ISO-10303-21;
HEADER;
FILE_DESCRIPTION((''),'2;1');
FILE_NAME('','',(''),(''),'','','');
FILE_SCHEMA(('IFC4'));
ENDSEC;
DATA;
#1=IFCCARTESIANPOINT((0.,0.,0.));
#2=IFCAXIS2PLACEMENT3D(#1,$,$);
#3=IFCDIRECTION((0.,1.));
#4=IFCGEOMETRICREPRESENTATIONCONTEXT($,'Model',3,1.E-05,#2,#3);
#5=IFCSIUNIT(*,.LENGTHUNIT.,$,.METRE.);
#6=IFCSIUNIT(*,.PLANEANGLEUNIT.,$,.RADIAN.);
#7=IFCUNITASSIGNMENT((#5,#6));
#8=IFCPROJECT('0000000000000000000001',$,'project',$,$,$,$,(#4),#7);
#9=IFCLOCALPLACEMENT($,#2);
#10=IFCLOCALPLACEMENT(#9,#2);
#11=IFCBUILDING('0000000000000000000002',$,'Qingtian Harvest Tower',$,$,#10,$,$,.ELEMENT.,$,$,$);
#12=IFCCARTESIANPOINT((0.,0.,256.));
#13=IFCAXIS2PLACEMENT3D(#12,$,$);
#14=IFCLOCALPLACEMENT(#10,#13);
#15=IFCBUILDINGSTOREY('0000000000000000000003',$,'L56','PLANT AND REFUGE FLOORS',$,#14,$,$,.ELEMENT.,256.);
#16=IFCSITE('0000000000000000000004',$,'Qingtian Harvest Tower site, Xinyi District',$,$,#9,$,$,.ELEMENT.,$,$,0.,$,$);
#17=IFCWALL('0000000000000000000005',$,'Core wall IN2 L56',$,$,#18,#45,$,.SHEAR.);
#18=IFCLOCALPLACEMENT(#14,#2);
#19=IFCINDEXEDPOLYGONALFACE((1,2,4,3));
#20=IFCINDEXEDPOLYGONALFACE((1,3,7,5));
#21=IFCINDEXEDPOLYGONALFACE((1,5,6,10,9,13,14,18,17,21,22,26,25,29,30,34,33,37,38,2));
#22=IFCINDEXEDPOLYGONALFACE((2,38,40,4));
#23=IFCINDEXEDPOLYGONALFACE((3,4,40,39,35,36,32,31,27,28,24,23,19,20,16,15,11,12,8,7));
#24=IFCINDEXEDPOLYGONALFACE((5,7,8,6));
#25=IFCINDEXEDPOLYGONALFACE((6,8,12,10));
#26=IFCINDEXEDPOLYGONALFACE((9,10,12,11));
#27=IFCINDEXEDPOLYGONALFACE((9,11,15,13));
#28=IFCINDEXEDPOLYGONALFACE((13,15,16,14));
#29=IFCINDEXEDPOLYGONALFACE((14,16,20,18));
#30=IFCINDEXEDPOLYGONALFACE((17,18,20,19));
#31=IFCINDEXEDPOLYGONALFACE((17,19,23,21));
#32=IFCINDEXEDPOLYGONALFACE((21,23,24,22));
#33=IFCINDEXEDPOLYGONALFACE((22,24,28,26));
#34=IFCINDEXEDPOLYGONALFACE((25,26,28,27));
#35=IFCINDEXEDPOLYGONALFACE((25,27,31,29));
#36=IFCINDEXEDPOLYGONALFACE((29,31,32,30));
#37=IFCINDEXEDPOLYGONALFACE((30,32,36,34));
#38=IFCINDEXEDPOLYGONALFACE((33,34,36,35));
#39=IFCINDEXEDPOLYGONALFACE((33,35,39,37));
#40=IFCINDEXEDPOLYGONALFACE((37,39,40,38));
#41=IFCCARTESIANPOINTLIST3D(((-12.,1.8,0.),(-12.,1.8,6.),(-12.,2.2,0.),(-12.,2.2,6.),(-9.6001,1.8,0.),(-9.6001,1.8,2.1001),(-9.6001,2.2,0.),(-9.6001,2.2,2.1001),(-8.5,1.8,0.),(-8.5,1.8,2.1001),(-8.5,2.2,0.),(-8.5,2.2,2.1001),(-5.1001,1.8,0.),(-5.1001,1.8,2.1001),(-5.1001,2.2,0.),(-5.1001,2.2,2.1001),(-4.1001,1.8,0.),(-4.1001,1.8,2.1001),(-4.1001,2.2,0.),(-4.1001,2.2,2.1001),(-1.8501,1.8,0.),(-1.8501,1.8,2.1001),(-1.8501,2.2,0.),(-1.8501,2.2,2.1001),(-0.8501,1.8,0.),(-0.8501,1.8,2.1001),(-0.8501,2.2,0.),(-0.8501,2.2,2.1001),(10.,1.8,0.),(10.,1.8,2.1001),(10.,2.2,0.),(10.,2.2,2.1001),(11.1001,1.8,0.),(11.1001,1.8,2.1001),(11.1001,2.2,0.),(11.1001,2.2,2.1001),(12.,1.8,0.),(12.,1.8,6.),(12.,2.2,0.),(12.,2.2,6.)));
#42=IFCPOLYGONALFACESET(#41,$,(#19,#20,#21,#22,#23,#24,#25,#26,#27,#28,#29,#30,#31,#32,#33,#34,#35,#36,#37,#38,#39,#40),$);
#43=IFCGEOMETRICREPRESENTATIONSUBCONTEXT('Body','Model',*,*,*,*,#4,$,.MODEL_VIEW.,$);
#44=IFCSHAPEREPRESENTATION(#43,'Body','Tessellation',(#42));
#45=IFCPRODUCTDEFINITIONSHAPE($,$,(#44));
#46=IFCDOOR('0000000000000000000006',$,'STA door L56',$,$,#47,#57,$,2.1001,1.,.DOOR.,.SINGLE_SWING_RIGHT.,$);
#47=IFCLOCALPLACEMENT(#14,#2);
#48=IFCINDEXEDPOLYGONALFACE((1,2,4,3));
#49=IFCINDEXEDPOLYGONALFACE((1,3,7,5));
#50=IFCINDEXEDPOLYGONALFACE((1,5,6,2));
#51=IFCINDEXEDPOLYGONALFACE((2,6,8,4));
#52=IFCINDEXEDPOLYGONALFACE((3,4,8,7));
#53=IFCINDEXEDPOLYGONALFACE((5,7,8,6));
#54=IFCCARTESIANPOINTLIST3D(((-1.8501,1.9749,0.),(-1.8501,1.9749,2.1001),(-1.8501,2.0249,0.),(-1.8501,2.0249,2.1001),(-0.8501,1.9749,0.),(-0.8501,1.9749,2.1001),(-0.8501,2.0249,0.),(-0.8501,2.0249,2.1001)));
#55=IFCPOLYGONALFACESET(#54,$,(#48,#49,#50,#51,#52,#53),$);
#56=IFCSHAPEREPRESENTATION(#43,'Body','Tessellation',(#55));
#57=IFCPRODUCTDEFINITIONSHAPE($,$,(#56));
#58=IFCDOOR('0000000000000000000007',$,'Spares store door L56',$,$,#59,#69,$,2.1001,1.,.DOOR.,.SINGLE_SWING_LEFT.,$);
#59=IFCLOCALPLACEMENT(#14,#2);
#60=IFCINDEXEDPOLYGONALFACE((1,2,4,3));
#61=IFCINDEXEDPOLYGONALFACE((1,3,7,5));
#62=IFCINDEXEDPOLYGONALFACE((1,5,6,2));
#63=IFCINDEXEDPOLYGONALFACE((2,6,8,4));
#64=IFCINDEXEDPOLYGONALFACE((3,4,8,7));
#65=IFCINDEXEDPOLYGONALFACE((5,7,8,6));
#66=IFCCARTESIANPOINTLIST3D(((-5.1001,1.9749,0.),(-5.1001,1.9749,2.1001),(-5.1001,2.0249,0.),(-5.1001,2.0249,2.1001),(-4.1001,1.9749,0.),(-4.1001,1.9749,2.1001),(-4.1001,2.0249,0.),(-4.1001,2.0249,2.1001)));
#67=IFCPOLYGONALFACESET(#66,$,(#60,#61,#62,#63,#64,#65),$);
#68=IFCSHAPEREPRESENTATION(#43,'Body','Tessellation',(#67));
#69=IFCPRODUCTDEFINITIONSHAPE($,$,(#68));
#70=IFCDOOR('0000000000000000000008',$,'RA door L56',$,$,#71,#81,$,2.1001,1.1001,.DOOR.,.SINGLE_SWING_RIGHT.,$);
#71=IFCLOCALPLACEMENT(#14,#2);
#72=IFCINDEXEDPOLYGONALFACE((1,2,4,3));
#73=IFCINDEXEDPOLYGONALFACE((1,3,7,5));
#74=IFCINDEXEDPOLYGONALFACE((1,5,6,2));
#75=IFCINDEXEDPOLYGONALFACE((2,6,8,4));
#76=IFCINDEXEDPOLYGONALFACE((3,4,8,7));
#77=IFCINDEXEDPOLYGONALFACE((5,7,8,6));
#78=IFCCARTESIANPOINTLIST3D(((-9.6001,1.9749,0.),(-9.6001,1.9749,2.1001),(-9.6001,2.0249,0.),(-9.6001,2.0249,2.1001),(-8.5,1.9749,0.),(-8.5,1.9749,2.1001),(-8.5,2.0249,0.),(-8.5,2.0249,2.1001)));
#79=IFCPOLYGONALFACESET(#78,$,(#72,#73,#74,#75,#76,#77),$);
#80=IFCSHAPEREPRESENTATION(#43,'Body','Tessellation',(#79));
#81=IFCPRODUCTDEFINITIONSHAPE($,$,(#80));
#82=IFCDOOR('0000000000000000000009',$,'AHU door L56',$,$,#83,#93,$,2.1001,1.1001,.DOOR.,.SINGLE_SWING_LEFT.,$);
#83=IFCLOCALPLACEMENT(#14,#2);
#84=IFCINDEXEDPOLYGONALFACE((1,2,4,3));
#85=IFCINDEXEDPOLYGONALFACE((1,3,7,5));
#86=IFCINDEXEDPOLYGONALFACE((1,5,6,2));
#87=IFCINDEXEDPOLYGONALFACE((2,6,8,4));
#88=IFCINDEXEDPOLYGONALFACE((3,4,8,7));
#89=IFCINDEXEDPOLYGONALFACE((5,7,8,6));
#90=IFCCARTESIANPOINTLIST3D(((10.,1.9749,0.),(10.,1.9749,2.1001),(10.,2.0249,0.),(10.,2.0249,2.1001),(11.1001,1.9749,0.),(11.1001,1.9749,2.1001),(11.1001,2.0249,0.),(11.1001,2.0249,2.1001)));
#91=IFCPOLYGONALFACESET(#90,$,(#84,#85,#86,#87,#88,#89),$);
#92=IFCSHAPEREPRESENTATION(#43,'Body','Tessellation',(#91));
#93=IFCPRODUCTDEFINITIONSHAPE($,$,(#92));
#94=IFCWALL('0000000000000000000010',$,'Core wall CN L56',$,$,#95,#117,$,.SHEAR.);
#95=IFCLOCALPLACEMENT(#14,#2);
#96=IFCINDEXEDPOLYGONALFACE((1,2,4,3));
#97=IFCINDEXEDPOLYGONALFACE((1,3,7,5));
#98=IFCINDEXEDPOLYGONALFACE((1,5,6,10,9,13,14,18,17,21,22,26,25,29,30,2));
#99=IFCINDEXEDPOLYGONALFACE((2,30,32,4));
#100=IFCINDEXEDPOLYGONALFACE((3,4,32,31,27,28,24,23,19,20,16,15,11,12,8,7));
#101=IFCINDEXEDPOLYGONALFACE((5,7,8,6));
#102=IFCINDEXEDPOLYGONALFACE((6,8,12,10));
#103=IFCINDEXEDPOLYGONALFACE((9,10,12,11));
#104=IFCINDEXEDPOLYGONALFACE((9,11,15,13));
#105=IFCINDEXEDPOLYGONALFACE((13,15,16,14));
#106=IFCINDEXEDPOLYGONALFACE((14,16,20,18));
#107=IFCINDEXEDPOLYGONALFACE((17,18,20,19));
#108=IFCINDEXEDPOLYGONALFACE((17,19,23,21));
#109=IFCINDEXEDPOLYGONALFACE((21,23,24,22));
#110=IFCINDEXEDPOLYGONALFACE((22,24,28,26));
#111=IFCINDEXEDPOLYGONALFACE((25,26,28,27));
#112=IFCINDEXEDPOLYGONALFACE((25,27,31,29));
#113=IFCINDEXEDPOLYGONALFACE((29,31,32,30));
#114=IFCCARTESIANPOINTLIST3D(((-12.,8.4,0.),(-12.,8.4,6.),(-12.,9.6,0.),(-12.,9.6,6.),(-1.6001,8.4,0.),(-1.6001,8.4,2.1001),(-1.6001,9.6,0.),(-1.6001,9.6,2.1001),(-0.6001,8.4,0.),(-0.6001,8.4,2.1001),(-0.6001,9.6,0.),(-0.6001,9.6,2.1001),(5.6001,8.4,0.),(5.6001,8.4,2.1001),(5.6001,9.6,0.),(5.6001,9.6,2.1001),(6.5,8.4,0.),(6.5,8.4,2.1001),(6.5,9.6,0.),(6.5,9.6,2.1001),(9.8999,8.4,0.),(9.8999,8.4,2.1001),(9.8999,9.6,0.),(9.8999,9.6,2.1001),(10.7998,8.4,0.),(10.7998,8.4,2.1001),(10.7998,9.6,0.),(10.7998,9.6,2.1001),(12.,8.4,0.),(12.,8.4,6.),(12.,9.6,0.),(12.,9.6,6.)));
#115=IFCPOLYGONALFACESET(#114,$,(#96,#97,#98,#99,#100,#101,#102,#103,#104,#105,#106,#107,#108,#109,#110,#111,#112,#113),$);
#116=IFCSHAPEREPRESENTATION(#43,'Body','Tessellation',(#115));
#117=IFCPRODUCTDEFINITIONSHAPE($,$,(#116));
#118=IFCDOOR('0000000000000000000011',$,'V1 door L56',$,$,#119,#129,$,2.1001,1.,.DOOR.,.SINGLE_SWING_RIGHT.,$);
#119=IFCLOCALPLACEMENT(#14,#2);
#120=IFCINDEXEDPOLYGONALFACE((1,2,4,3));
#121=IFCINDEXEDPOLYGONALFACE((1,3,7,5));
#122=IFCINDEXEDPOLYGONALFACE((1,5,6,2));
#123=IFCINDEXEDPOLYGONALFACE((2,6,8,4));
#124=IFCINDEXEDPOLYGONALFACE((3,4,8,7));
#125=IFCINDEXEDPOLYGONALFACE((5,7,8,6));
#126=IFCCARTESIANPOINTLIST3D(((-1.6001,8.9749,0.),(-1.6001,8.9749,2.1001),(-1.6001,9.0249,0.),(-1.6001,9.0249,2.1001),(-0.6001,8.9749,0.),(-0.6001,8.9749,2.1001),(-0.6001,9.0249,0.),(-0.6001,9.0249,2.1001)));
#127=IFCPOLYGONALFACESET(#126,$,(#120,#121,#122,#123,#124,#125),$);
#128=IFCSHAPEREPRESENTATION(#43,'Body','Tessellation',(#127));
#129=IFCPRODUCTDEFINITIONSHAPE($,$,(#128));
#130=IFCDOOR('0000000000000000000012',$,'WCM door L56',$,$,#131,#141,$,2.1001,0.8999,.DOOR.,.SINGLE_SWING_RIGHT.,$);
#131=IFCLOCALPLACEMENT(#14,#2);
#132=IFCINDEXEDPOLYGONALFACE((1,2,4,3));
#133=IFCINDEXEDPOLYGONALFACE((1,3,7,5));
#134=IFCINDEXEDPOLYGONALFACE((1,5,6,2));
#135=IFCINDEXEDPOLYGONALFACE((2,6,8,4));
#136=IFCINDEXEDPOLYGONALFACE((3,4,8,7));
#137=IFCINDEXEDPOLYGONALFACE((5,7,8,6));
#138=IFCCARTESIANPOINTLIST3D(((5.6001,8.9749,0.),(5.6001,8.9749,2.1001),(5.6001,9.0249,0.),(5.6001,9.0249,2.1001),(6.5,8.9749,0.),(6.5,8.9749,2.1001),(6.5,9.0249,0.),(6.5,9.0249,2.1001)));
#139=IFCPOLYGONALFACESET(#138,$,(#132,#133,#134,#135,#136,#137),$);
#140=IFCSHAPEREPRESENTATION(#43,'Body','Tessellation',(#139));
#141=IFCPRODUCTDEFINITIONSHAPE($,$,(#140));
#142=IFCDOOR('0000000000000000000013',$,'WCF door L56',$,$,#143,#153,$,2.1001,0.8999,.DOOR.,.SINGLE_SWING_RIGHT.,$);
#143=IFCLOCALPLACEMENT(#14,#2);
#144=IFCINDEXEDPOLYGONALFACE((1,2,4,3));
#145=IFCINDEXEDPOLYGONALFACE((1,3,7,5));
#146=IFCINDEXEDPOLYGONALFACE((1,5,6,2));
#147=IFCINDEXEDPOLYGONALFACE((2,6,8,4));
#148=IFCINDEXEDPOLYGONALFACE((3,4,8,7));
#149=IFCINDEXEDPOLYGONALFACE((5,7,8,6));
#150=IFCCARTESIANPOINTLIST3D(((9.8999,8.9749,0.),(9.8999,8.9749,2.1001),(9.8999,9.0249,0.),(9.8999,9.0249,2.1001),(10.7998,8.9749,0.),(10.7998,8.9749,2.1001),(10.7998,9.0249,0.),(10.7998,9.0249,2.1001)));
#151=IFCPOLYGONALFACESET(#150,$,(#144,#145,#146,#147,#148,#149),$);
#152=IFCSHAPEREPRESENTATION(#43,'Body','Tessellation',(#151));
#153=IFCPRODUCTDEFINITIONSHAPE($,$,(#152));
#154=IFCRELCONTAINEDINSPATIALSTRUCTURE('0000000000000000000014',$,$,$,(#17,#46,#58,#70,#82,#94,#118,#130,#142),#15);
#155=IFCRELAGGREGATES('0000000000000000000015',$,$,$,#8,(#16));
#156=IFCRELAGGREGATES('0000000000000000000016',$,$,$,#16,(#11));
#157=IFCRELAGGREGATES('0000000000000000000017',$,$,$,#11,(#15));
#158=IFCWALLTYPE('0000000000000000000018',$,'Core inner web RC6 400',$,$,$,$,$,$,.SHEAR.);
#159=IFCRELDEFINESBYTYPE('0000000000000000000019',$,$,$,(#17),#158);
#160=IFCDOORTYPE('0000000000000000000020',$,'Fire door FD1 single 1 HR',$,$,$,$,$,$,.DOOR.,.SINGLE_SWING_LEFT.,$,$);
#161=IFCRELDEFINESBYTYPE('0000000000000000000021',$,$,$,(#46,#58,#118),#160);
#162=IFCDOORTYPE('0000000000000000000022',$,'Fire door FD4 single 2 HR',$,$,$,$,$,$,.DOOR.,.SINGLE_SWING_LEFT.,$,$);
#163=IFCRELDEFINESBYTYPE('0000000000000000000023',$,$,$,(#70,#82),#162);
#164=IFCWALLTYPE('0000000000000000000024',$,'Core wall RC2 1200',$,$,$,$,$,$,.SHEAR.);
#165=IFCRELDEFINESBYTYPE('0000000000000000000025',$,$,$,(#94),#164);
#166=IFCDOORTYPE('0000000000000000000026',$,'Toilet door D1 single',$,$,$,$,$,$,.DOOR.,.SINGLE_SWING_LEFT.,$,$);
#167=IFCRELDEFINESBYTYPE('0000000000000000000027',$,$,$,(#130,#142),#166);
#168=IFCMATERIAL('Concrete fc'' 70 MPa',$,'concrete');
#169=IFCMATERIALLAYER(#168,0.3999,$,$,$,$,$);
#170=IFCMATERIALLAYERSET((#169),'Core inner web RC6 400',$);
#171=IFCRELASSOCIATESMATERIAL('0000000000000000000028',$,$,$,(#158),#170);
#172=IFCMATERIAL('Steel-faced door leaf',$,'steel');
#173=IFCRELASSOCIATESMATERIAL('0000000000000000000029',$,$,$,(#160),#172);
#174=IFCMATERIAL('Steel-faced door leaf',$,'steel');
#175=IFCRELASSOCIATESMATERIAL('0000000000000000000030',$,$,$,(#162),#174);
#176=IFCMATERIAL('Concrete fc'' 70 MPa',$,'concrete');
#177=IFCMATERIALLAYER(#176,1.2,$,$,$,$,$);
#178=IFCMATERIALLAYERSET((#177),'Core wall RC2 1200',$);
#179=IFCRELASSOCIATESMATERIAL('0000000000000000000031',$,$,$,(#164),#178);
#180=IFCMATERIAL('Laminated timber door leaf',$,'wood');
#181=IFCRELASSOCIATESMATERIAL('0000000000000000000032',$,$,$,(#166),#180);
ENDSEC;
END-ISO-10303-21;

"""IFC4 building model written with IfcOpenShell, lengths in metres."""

from ifc_helpers import new_model, si_unit, direction, frame, frame_2d, origin, place, context, subcontext, project, spatial, rectangle, extrude, material, layer, layer_set, type_object, element, fill, save


model = new_model("IFC4")

# Units and contexts
model_context = context("Model", 3, precision=1e-05, world=origin(), true_north=direction((0.0, 1.0)))
body_context = subcontext(model_context, "Body", "Model", "MODEL_VIEW")
ifc_project = project(units=[si_unit("LENGTHUNIT", "METRE"), si_unit("PLANEANGLEUNIT", "RADIAN")], contexts=[model_context])

# Site, building, storey
site_placement = place(None, origin())
site = spatial("IfcSite", under=ifc_project, at=site_placement, Name="Qingtian Harvest Tower site, Xinyi District", CompositionType="ELEMENT", RefElevation=0.0)
building_placement = place(site_placement, origin())
building = spatial("IfcBuilding", under=site, at=building_placement, Name="Qingtian Harvest Tower", CompositionType="ELEMENT")
storey_placement = place(building_placement, frame((0.0, 0.0, 256.0)))
storey = spatial("IfcBuildingStorey", under=building, at=storey_placement, Name="L56", Description="PLANT AND REFUGE FLOORS", CompositionType="ELEMENT", Elevation=256.0)

# Walls, openings, doors
ifc_material_1 = material(Name="Concrete fc' 70 MPa", Category="concrete")
ifc_layer_1 = layer(ifc_material_1, 0.3999)
ifc_layer_set_1 = layer_set([ifc_layer_1], Name="Core inner web RC6 400")
wall_type_1 = type_object("IfcWallType", Name="Core inner web RC6 400", PredefinedType="SHEAR", material=ifc_layer_set_1)
wall_1_placement = place(storey_placement, frame((-12.0, 2.0, 0.0), z_axis=(0.0, 0.0, 1.0), x_axis=(1.0, 0.0, 0.0)))
wall_1 = element("IfcWall", 1, at=wall_1_placement, inside=storey, type_object=wall_type_1, Name="Core wall IN2 L56", PredefinedType="SHEAR", context=body_context, shape_type="SweptSolid", body=[
    extrude(rectangle(XDim=24.0, YDim=0.3999, at=frame_2d((12.0, 0.0))), origin(), (0.0, 0.0, 1.0), 6.0),
])
opening_1_placement = place(wall_1_placement, frame((2.3999, 0.0, 0.0)))
opening_1 = element("IfcOpeningElement", 2, at=opening_1_placement, cuts=wall_1, PredefinedType="OPENING", context=body_context, shape_type="SweptSolid", body=[
    extrude(rectangle(XDim=1.1001, YDim=2.1001, at=frame_2d((0.55, 1.05))), frame((0.0, 0.21, 0.0), z_axis=(0.0, -1.0, 0.0), x_axis=(1.0, 0.0, 0.0)), (0.0, 0.0, 1.0), 0.4199),
])
opening_2_placement = place(wall_1_placement, frame((22.0, 0.0, 0.0)))
opening_2 = element("IfcOpeningElement", 3, at=opening_2_placement, cuts=wall_1, PredefinedType="OPENING", context=body_context, shape_type="SweptSolid", body=[
    extrude(rectangle(XDim=1.1001, YDim=2.1001, at=frame_2d((0.55, 1.05))), frame((0.0, 0.21, 0.0), z_axis=(0.0, -1.0, 0.0), x_axis=(1.0, 0.0, 0.0)), (0.0, 0.0, 1.0), 0.4199),
])
opening_3_placement = place(wall_1_placement, frame((10.1499, 0.0, 0.0)))
opening_3 = element("IfcOpeningElement", 4, at=opening_3_placement, cuts=wall_1, PredefinedType="OPENING", context=body_context, shape_type="SweptSolid", body=[
    extrude(rectangle(XDim=1.0, YDim=2.1001, at=frame_2d((0.5, 1.05))), frame((0.0, 0.21, 0.0), z_axis=(0.0, -1.0, 0.0), x_axis=(1.0, 0.0, 0.0)), (0.0, 0.0, 1.0), 0.4199),
])
opening_4_placement = place(wall_1_placement, frame((6.8999, 0.0, 0.0)))
opening_4 = element("IfcOpeningElement", 5, at=opening_4_placement, cuts=wall_1, PredefinedType="OPENING", context=body_context, shape_type="SweptSolid", body=[
    extrude(rectangle(XDim=1.0, YDim=2.1001, at=frame_2d((0.5, 1.05))), frame((0.0, 0.21, 0.0), z_axis=(0.0, -1.0, 0.0), x_axis=(1.0, 0.0, 0.0)), (0.0, 0.0, 1.0), 0.4199),
])
ifc_material_2 = material(Name="Steel-faced door leaf", Category="steel")
door_type_1 = type_object("IfcDoorType", Name="Fire door FD1 single 1 HR", OperationType="SINGLE_SWING_LEFT", PredefinedType="DOOR", material=ifc_material_2)
door_1_placement = place(opening_3_placement, origin())
door_1 = element("IfcDoor", 6, at=door_1_placement, inside=storey, type_object=door_type_1, Name="STA door L56", OperationType="SINGLE_SWING_RIGHT", OverallHeight=2.1001, OverallWidth=1.0, PredefinedType="DOOR", context=body_context, shape_type="SweptSolid", body=[
    extrude(rectangle(XDim=1.0, YDim=2.1001, at=frame_2d((0.5, 1.05))), frame((0.0, 0.0249, 0.0), z_axis=(0.0, -1.0, 0.0), x_axis=(1.0, 0.0, 0.0)), (0.0, 0.0, 1.0), 0.05),
])
fill(opening_3, door_1)
door_2_placement = place(opening_4_placement, origin())
door_2 = element("IfcDoor", 7, at=door_2_placement, inside=storey, type_object=door_type_1, Name="Spares store door L56", OperationType="SINGLE_SWING_LEFT", OverallHeight=2.1001, OverallWidth=1.0, PredefinedType="DOOR", context=body_context, shape_type="SweptSolid", body=[
    extrude(rectangle(XDim=1.0, YDim=2.1001, at=frame_2d((0.5, 1.05))), frame((0.0, 0.0249, 0.0), z_axis=(0.0, -1.0, 0.0), x_axis=(1.0, 0.0, 0.0)), (0.0, 0.0, 1.0), 0.05),
])
fill(opening_4, door_2)
ifc_material_3 = material(Name="Steel-faced door leaf", Category="steel")
door_type_2 = type_object("IfcDoorType", Name="Fire door FD4 single 2 HR", OperationType="SINGLE_SWING_LEFT", PredefinedType="DOOR", material=ifc_material_3)
door_3_placement = place(opening_1_placement, origin())
door_3 = element("IfcDoor", 8, at=door_3_placement, inside=storey, type_object=door_type_2, Name="RA door L56", OperationType="SINGLE_SWING_RIGHT", OverallHeight=2.1001, OverallWidth=1.1001, PredefinedType="DOOR", context=body_context, shape_type="SweptSolid", body=[
    extrude(rectangle(XDim=1.1001, YDim=2.1001, at=frame_2d((0.55, 1.05))), frame((0.0, 0.0249, 0.0), z_axis=(0.0, -1.0, 0.0), x_axis=(1.0, 0.0, 0.0)), (0.0, 0.0, 1.0), 0.05),
])
fill(opening_1, door_3)
door_4_placement = place(opening_2_placement, origin())
door_4 = element("IfcDoor", 9, at=door_4_placement, inside=storey, type_object=door_type_2, Name="AHU door L56", OperationType="SINGLE_SWING_LEFT", OverallHeight=2.1001, OverallWidth=1.1001, PredefinedType="DOOR", context=body_context, shape_type="SweptSolid", body=[
    extrude(rectangle(XDim=1.1001, YDim=2.1001, at=frame_2d((0.55, 1.05))), frame((0.0, 0.0249, 0.0), z_axis=(0.0, -1.0, 0.0), x_axis=(1.0, 0.0, 0.0)), (0.0, 0.0, 1.0), 0.05),
])
fill(opening_2, door_4)
ifc_material_4 = material(Name="Concrete fc' 70 MPa", Category="concrete")
ifc_layer_2 = layer(ifc_material_4, 1.2)
ifc_layer_set_2 = layer_set([ifc_layer_2], Name="Core wall RC2 1200")
wall_type_2 = type_object("IfcWallType", Name="Core wall RC2 1200", PredefinedType="SHEAR", material=ifc_layer_set_2)
wall_2_placement = place(storey_placement, frame((-12.0, 9.0, 0.0), z_axis=(0.0, 0.0, 1.0), x_axis=(1.0, 0.0, 0.0)))
wall_2 = element("IfcWall", 10, at=wall_2_placement, inside=storey, type_object=wall_type_2, Name="Core wall CN L56", PredefinedType="SHEAR", context=body_context, shape_type="SweptSolid", body=[
    extrude(rectangle(XDim=24.0, YDim=1.2, at=frame_2d((12.0, 0.0))), origin(), (0.0, 0.0, 1.0), 6.0),
])
opening_5_placement = place(wall_2_placement, frame((10.3999, 0.0, 0.0)))
opening_5 = element("IfcOpeningElement", 11, at=opening_5_placement, cuts=wall_2, PredefinedType="OPENING", context=body_context, shape_type="SweptSolid", body=[
    extrude(rectangle(XDim=1.0, YDim=2.1001, at=frame_2d((0.5, 1.05))), frame((0.0, 0.6099, 0.0), z_axis=(0.0, -1.0, 0.0), x_axis=(1.0, 0.0, 0.0)), (0.0, 0.0, 1.0), 1.22),
])
opening_6_placement = place(wall_2_placement, frame((17.6001, 0.0, 0.0)))
opening_6 = element("IfcOpeningElement", 12, at=opening_6_placement, cuts=wall_2, PredefinedType="OPENING", context=body_context, shape_type="SweptSolid", body=[
    extrude(rectangle(XDim=0.8999, YDim=2.1001, at=frame_2d((0.45, 1.05))), frame((0.0, 0.6099, 0.0), z_axis=(0.0, -1.0, 0.0), x_axis=(1.0, 0.0, 0.0)), (0.0, 0.0, 1.0), 1.22),
])
opening_7_placement = place(wall_2_placement, frame((21.8999, 0.0, 0.0)))
opening_7 = element("IfcOpeningElement", 13, at=opening_7_placement, cuts=wall_2, PredefinedType="OPENING", context=body_context, shape_type="SweptSolid", body=[
    extrude(rectangle(XDim=0.8999, YDim=2.1001, at=frame_2d((0.45, 1.05))), frame((0.0, 0.6099, 0.0), z_axis=(0.0, -1.0, 0.0), x_axis=(1.0, 0.0, 0.0)), (0.0, 0.0, 1.0), 1.22),
])
door_5_placement = place(opening_5_placement, origin())
door_5 = element("IfcDoor", 14, at=door_5_placement, inside=storey, type_object=door_type_1, Name="V1 door L56", OperationType="SINGLE_SWING_RIGHT", OverallHeight=2.1001, OverallWidth=1.0, PredefinedType="DOOR", context=body_context, shape_type="SweptSolid", body=[
    extrude(rectangle(XDim=1.0, YDim=2.1001, at=frame_2d((0.5, 1.05))), frame((0.0, 0.0249, 0.0), z_axis=(0.0, -1.0, 0.0), x_axis=(1.0, 0.0, 0.0)), (0.0, 0.0, 1.0), 0.05),
])
fill(opening_5, door_5)
ifc_material_5 = material(Name="Laminated timber door leaf", Category="wood")
door_type_3 = type_object("IfcDoorType", Name="Toilet door D1 single", OperationType="SINGLE_SWING_LEFT", PredefinedType="DOOR", material=ifc_material_5)
door_6_placement = place(opening_6_placement, origin())
door_6 = element("IfcDoor", 15, at=door_6_placement, inside=storey, type_object=door_type_3, Name="WCM door L56", OperationType="SINGLE_SWING_RIGHT", OverallHeight=2.1001, OverallWidth=0.8999, PredefinedType="DOOR", context=body_context, shape_type="SweptSolid", body=[
    extrude(rectangle(XDim=0.8999, YDim=2.1001, at=frame_2d((0.45, 1.05))), frame((0.0, 0.0249, 0.0), z_axis=(0.0, -1.0, 0.0), x_axis=(1.0, 0.0, 0.0)), (0.0, 0.0, 1.0), 0.05),
])
fill(opening_6, door_6)
door_7_placement = place(opening_7_placement, origin())
door_7 = element("IfcDoor", 16, at=door_7_placement, inside=storey, type_object=door_type_3, Name="WCF door L56", OperationType="SINGLE_SWING_RIGHT", OverallHeight=2.1001, OverallWidth=0.8999, PredefinedType="DOOR", context=body_context, shape_type="SweptSolid", body=[
    extrude(rectangle(XDim=0.8999, YDim=2.1001, at=frame_2d((0.45, 1.05))), frame((0.0, 0.0249, 0.0), z_axis=(0.0, -1.0, 0.0), x_axis=(1.0, 0.0, 0.0)), (0.0, 0.0, 1.0), 0.05),
])
fill(opening_7, door_7)

save(model, "model.ifc")
